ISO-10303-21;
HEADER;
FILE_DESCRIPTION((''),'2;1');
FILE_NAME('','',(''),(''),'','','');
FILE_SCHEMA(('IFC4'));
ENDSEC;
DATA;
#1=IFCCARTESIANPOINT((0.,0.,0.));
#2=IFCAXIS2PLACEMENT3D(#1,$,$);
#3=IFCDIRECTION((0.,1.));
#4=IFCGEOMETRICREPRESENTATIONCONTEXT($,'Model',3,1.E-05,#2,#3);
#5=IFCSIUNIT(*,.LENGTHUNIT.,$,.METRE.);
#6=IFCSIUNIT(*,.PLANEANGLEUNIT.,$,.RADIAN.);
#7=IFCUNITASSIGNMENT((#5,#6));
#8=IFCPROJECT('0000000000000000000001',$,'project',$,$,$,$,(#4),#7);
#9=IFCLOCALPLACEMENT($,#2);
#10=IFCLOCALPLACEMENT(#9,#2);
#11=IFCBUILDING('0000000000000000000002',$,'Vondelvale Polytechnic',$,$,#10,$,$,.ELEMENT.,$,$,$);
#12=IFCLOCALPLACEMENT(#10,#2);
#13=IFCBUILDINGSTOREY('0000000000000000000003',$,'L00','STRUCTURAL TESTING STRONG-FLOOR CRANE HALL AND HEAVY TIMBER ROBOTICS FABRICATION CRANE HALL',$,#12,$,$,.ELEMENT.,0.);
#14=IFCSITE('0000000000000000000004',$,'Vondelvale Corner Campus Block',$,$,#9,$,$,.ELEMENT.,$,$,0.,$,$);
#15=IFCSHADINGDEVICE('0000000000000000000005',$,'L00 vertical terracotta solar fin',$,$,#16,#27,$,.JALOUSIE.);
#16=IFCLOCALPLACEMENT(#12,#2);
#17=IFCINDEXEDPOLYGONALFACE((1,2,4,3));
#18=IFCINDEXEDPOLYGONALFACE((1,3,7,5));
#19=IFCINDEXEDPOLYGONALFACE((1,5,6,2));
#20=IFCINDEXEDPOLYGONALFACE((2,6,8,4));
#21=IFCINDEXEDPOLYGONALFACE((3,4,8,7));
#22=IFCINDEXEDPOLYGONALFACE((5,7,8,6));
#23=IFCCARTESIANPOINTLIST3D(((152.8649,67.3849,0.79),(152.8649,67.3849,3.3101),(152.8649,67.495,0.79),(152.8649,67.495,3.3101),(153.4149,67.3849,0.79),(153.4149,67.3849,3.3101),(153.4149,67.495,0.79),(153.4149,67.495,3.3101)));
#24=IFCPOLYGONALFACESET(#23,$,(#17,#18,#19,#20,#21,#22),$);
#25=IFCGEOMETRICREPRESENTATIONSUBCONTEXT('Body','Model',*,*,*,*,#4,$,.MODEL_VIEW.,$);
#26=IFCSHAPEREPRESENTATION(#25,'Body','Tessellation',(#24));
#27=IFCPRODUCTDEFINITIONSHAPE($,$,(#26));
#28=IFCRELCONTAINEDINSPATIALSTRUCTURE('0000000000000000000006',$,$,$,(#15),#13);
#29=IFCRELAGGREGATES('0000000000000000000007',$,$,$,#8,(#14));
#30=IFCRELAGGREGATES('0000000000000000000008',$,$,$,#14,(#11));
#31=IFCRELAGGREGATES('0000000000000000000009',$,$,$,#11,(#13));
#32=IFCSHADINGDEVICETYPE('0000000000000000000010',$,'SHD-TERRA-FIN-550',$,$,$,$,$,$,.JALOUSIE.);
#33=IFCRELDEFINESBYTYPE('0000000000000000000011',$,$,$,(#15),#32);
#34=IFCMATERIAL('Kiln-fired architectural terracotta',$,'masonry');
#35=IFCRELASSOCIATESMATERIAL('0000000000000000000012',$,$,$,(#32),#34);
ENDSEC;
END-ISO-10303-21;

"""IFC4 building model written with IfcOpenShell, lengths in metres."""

from ifc_helpers import new_model, si_unit, direction, frame, origin, origin_2d, place, context, subcontext, project, spatial, rectangle, extrude, material, type_object, element, save


model = new_model("IFC4")

# Units and contexts
model_context = context("Model", 3, precision=1e-05, world=origin(), true_north=direction((0.0, 1.0)))
body_context = subcontext(model_context, "Body", "Model", "MODEL_VIEW")
ifc_project = project(units=[si_unit("LENGTHUNIT", "METRE"), si_unit("PLANEANGLEUNIT", "RADIAN")], contexts=[model_context])

# Site, building, storey
site_placement = place(None, origin())
site = spatial("IfcSite", under=ifc_project, at=site_placement, Name="Vondelvale Corner Campus Block", CompositionType="ELEMENT", RefElevation=0.0)
building_placement = place(site_placement, origin())
building = spatial("IfcBuilding", under=site, at=building_placement, Name="Vondelvale Polytechnic", CompositionType="ELEMENT")
storey_placement = place(building_placement, origin())
storey = spatial("IfcBuildingStorey", under=building, at=storey_placement, Name="L00", Description="STRUCTURAL TESTING STRONG-FLOOR CRANE HALL AND HEAVY TIMBER ROBOTICS FABRICATION CRANE HALL", CompositionType="ELEMENT", Elevation=0.0)

# Shared definitions
ifc_material_1 = material(Name="Kiln-fired architectural terracotta", Category="masonry")

# Shading device
shading_device_type = type_object("IfcShadingDeviceType", Name="SHD-TERRA-FIN-550", PredefinedType="JALOUSIE", material=ifc_material_1)
shading_device_placement = place(storey_placement, frame((153.1399, 67.4399, 0.79), z_axis=(0.0, 0.0, 1.0), x_axis=(0.0, 1.0, 0.0)))
element("IfcShadingDevice", 1, at=shading_device_placement, inside=storey, type_object=shading_device_type, Name="L00 vertical terracotta solar fin", PredefinedType="JALOUSIE", context=body_context, shape_type="SweptSolid", body=[
    extrude(rectangle(XDim=0.1101, YDim=0.55, at=origin_2d()), origin(), (0.0, 0.0, 1.0), 2.52),
])

save(model, "model.ifc")
